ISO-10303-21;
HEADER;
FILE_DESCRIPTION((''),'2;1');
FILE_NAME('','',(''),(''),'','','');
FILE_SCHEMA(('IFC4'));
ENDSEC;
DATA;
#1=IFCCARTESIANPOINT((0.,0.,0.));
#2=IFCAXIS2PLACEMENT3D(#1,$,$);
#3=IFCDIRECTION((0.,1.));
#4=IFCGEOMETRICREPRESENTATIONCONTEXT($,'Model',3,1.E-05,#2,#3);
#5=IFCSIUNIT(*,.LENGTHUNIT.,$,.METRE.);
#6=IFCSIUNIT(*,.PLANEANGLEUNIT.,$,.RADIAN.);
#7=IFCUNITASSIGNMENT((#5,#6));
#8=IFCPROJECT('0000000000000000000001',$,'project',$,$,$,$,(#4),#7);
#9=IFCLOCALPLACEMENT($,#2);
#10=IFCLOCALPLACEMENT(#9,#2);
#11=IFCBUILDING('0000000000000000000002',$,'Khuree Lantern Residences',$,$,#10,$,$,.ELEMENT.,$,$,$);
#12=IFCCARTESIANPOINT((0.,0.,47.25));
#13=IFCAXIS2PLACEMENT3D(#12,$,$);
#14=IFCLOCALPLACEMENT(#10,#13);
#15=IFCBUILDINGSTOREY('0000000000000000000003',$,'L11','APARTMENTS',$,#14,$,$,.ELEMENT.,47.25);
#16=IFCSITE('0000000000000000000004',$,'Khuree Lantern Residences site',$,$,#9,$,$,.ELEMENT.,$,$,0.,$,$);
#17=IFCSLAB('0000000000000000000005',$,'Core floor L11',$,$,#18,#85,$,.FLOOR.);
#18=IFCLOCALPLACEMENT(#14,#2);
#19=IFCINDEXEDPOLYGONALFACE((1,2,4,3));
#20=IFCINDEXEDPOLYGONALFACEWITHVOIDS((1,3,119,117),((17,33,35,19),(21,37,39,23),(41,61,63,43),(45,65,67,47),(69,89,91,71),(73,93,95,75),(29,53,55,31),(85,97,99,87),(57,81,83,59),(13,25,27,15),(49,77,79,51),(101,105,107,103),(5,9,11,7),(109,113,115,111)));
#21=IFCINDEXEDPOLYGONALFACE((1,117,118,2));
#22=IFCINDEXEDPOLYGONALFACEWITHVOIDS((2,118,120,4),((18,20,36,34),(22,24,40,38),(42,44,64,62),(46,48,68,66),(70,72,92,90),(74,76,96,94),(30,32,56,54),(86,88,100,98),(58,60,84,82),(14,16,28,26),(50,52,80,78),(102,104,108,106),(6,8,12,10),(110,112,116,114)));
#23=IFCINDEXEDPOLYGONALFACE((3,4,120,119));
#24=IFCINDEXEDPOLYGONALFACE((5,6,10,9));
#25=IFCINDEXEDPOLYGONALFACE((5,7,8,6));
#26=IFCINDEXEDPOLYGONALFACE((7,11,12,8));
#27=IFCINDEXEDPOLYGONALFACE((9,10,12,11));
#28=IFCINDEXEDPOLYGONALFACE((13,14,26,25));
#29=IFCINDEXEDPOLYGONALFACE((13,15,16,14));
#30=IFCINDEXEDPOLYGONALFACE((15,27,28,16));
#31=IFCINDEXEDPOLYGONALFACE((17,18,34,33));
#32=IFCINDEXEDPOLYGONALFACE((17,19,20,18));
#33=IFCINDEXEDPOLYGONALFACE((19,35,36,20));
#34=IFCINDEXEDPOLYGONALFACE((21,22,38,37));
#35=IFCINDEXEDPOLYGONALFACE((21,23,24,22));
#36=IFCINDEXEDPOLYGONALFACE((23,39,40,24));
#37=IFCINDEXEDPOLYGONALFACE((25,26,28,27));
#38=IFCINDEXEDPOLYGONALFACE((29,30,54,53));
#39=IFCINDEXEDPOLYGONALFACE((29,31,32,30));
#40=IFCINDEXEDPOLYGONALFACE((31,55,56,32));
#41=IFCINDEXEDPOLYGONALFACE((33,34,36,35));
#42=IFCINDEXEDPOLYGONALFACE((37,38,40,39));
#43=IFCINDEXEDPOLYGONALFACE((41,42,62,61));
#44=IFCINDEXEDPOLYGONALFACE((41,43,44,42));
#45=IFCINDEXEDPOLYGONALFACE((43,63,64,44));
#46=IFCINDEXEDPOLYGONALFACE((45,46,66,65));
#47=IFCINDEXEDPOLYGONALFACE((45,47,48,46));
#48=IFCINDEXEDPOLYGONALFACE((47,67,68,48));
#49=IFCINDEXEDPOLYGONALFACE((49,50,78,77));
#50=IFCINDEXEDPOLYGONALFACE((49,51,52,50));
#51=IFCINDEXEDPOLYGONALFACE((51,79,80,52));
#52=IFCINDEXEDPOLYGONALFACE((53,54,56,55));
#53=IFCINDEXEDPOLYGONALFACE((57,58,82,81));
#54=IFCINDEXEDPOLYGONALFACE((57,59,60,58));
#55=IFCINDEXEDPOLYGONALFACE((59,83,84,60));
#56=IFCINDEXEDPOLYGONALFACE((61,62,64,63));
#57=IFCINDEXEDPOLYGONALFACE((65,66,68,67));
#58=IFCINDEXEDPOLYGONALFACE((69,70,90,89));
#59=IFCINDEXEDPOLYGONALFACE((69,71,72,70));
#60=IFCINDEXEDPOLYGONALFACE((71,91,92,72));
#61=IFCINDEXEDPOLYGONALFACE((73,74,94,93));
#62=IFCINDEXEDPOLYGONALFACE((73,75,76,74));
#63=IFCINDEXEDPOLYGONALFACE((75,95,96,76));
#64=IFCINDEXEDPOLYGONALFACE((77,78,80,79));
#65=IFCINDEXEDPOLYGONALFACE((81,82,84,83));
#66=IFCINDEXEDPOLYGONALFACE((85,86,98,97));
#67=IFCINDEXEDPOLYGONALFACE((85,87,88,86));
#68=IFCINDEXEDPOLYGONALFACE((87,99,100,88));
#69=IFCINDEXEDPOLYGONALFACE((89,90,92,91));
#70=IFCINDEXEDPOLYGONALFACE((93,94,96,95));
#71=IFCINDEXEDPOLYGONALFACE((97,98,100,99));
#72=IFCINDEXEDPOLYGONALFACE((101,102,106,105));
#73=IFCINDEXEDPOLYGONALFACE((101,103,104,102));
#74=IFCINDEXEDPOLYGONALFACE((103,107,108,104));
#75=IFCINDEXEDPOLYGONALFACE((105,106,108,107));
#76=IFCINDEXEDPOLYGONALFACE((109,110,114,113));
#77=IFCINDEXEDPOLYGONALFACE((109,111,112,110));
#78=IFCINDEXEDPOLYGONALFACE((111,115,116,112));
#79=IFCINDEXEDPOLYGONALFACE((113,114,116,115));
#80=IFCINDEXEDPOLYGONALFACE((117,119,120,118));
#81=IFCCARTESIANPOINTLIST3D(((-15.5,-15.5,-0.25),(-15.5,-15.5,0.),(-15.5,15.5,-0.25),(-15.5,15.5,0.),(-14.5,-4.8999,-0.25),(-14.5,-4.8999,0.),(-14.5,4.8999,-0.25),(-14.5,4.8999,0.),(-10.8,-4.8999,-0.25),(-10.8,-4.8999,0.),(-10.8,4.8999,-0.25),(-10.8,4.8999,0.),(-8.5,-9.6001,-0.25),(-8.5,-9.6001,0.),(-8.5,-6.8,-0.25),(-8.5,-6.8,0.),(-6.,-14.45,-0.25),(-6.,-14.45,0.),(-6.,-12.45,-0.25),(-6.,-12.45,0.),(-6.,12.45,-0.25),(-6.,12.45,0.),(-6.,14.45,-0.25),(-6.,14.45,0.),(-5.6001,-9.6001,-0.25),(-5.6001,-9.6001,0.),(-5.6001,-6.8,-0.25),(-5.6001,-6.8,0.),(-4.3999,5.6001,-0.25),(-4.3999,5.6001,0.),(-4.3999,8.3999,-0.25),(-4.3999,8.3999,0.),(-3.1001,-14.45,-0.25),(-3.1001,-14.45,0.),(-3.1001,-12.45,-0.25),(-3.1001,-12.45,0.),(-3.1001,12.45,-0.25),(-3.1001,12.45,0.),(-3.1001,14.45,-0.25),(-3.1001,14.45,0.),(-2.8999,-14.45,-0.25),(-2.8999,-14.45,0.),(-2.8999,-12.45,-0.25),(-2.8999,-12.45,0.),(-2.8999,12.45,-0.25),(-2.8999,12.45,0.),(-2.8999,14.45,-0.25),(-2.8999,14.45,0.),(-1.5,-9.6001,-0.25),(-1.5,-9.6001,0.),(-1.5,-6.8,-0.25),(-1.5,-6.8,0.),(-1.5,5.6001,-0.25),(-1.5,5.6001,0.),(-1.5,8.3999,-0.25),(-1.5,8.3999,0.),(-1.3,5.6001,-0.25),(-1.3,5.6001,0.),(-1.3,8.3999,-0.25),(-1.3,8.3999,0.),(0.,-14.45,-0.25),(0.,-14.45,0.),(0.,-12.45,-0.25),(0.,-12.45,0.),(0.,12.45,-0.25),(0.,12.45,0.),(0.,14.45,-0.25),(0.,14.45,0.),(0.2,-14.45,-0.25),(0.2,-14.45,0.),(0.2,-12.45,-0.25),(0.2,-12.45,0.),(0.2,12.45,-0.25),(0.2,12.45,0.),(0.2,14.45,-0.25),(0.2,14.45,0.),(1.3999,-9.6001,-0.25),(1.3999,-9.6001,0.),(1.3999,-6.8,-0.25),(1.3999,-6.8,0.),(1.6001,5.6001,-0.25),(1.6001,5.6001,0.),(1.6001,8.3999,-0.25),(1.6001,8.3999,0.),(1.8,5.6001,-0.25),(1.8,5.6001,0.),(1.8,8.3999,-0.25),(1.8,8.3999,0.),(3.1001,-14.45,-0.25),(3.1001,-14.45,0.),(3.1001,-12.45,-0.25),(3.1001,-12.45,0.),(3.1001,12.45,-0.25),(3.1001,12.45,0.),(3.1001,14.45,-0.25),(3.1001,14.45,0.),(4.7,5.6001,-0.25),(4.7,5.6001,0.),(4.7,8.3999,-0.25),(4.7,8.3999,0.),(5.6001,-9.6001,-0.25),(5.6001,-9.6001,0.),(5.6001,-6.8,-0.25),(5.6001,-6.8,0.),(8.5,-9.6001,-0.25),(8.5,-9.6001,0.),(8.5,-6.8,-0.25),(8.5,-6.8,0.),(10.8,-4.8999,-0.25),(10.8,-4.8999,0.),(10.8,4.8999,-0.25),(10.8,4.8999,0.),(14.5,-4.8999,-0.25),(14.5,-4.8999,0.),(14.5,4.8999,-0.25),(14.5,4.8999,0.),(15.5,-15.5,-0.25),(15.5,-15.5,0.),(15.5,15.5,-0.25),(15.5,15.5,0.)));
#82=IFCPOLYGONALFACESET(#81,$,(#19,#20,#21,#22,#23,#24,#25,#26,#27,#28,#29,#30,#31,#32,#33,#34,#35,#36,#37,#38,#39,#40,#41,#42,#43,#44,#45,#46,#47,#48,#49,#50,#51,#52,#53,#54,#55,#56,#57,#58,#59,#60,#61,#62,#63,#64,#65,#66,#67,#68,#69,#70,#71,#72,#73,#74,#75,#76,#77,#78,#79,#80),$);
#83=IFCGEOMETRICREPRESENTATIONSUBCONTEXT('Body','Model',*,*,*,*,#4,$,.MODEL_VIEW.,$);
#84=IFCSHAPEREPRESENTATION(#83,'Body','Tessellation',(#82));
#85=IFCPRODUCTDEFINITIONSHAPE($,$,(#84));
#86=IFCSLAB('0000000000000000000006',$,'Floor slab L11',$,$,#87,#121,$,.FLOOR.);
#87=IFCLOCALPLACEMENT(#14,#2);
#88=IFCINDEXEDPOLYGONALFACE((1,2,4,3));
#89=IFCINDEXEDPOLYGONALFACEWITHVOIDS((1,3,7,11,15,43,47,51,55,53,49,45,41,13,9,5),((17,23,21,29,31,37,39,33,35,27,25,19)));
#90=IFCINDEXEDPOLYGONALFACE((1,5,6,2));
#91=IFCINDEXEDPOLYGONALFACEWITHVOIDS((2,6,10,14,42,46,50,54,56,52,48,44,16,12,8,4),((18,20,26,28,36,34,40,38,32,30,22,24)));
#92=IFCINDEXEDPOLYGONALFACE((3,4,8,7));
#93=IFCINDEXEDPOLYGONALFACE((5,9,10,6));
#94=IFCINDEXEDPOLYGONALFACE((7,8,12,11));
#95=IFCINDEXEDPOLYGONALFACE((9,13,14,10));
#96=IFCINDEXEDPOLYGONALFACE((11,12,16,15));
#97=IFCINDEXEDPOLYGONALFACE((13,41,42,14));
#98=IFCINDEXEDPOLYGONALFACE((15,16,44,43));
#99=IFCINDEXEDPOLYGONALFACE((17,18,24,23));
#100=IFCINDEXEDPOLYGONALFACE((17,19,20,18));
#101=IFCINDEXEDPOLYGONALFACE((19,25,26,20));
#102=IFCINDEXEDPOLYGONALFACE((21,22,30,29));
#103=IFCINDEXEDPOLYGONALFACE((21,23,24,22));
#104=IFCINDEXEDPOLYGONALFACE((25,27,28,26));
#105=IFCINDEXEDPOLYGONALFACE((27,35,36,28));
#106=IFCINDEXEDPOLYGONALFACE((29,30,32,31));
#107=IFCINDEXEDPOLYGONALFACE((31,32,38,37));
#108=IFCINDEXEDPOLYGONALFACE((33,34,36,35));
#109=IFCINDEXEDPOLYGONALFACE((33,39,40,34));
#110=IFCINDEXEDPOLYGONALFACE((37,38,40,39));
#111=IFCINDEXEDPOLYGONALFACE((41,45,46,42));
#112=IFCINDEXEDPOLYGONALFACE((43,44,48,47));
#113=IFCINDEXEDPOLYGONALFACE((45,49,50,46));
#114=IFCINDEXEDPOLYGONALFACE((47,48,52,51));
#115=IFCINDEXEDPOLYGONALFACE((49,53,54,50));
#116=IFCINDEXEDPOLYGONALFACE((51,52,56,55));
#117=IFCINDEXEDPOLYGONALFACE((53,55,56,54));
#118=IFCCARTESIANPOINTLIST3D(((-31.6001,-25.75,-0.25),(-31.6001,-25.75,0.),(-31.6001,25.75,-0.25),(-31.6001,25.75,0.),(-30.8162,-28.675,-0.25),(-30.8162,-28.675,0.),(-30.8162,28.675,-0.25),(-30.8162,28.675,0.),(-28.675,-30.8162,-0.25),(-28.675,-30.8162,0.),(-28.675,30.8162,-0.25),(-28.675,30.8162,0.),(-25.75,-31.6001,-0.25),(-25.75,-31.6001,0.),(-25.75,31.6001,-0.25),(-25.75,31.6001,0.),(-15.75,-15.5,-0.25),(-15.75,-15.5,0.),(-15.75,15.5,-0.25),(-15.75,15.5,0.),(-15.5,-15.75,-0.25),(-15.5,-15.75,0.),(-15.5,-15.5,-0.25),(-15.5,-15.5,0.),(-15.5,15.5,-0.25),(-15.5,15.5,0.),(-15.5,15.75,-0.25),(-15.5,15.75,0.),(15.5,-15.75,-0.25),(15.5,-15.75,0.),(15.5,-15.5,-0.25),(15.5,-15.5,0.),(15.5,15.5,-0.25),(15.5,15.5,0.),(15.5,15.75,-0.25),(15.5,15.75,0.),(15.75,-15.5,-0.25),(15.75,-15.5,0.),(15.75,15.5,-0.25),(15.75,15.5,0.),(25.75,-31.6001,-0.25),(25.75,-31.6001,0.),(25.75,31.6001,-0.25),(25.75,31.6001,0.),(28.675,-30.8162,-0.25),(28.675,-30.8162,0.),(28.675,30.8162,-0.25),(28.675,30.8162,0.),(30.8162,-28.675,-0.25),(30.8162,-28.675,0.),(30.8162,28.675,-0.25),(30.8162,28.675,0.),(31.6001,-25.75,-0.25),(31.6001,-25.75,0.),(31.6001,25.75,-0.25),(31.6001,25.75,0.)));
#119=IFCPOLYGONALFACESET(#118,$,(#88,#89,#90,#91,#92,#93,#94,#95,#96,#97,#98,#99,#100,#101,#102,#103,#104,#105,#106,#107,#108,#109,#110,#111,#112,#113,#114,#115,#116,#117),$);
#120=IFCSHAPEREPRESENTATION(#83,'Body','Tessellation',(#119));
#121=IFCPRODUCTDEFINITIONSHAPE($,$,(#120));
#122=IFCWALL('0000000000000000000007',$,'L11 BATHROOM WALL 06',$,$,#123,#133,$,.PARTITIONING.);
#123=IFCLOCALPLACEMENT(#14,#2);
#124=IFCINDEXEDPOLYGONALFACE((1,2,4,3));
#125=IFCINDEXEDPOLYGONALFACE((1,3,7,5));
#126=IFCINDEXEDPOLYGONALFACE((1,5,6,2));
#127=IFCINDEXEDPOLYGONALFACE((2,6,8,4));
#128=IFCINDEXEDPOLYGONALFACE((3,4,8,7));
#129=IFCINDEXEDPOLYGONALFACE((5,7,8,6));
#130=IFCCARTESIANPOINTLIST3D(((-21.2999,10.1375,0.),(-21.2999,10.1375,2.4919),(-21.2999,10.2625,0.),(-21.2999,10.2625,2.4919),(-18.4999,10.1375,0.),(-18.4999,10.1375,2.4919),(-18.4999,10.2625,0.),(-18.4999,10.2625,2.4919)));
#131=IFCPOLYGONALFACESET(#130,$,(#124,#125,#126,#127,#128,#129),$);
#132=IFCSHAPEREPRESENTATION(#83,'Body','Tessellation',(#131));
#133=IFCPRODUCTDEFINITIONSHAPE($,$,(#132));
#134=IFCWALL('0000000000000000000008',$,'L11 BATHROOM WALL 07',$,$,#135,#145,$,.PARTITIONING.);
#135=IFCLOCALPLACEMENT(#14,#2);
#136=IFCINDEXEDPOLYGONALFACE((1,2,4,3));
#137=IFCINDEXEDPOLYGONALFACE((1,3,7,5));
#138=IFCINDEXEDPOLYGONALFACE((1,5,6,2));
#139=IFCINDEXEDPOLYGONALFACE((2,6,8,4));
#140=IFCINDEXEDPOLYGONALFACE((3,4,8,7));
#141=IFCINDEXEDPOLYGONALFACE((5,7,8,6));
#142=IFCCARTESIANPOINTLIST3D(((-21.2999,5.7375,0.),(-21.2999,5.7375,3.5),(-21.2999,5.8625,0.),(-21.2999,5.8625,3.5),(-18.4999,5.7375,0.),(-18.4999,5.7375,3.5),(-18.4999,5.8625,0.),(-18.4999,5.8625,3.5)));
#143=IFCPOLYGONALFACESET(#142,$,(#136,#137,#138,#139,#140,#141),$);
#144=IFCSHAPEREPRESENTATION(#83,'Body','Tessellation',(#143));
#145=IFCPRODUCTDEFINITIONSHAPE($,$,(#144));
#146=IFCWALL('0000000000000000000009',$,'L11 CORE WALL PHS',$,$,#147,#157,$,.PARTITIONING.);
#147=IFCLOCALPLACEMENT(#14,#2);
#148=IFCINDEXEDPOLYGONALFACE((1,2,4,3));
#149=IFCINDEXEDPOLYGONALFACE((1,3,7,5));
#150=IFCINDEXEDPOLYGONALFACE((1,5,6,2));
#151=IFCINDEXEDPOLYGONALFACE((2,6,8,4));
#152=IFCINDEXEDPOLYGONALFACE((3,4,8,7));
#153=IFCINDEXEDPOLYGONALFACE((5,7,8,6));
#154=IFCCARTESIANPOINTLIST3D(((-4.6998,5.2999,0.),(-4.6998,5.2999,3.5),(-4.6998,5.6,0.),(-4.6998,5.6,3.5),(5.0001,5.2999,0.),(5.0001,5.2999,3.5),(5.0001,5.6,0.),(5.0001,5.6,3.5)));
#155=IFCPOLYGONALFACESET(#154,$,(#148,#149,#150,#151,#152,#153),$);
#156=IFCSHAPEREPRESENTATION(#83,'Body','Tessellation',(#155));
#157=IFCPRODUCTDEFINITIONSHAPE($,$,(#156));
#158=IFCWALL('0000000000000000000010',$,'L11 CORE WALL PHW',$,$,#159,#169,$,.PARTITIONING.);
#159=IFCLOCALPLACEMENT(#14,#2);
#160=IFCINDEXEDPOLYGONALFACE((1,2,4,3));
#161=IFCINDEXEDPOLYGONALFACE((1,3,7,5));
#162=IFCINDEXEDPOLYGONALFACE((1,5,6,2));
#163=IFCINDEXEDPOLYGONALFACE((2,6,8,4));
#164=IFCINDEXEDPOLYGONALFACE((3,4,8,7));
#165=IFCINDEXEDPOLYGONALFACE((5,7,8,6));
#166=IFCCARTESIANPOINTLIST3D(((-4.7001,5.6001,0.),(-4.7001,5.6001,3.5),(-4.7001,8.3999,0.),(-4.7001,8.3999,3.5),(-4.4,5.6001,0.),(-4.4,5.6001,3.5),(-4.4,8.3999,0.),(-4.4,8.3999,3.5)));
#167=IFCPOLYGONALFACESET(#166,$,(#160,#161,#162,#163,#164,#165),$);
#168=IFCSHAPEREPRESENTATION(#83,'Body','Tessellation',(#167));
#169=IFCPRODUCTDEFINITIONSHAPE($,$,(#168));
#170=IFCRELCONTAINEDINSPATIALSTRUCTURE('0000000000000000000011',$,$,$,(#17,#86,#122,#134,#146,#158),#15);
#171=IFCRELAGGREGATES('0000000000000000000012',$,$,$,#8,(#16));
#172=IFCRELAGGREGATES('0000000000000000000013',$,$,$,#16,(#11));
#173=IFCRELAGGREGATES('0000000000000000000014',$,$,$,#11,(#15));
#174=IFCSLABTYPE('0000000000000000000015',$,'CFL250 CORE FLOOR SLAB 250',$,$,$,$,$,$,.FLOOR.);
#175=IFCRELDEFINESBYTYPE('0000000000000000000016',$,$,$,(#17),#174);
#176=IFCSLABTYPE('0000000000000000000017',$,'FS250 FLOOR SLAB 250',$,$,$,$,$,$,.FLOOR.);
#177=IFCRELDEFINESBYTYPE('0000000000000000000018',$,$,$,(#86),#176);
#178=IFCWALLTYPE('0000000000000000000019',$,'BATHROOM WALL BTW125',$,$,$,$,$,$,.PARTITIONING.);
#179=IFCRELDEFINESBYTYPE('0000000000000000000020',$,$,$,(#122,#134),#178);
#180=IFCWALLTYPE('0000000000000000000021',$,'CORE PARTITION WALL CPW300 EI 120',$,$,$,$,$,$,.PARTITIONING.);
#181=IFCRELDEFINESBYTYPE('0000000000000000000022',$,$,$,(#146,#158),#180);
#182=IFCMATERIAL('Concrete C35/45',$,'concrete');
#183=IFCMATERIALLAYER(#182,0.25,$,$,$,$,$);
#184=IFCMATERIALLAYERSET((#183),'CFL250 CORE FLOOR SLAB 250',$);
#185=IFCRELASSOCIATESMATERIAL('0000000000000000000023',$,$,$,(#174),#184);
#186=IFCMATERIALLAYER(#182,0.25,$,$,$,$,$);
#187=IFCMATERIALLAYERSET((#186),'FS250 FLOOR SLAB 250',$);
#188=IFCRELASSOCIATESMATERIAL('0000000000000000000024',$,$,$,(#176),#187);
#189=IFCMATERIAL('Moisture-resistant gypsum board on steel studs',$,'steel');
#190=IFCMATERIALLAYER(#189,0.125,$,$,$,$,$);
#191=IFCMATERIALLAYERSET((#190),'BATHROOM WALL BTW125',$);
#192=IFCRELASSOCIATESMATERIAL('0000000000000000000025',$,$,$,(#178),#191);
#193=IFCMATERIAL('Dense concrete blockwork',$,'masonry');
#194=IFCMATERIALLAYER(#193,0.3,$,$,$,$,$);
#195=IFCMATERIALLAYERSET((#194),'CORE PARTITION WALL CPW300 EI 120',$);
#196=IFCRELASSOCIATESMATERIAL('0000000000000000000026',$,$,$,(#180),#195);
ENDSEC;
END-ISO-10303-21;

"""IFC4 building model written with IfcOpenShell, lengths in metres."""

from ifc_helpers import new_model, si_unit, direction, frame, frame_2d, origin, place, context, subcontext, project, spatial, polyline, rectangle, outline, extrude, material, layer, layer_set, type_object, element, save


model = new_model("IFC4")

# Units and contexts
model_context = context("Model", 3, precision=1e-05, world=origin(), true_north=direction((0.0, 1.0)))
body_context = subcontext(model_context, "Body", "Model", "MODEL_VIEW")
ifc_project = project(units=[si_unit("LENGTHUNIT", "METRE"), si_unit("PLANEANGLEUNIT", "RADIAN")], contexts=[model_context])

# Site, building, storey
site_placement = place(None, origin())
site = spatial("IfcSite", under=ifc_project, at=site_placement, Name="Khuree Lantern Residences site", CompositionType="ELEMENT", RefElevation=0.0)
building_placement = place(site_placement, origin())
building = spatial("IfcBuilding", under=site, at=building_placement, Name="Khuree Lantern Residences", CompositionType="ELEMENT")
storey_placement = place(building_placement, frame((0.0, 0.0, 47.25)))
storey = spatial("IfcBuildingStorey", under=building, at=storey_placement, Name="L11", Description="APARTMENTS", CompositionType="ELEMENT", Elevation=47.25)

# Slabs
ifc_material_1 = material(Name="Concrete C35/45", Category="concrete")
ifc_layer_1 = layer(ifc_material_1, 0.25)
ifc_layer_set_1 = layer_set([ifc_layer_1], Name="CFL250 CORE FLOOR SLAB 250")
slab_type_1 = type_object("IfcSlabType", Name="CFL250 CORE FLOOR SLAB 250", PredefinedType="FLOOR", material=ifc_layer_set_1)
slab_1_placement = place(storey_placement, frame((0.0, 0.0, -0.25)))
element("IfcSlab", 1, at=slab_1_placement, inside=storey, type_object=slab_type_1, Name="Core floor L11", PredefinedType="FLOOR", context=body_context, shape_type="SweptSolid", body=[
    extrude(outline(polyline([(-15.5, -15.5), (-15.5, 15.5), (15.5, 15.5), (15.5, -15.5), (-15.5, -15.5)]), holes=[polyline([(14.5, 4.8999), (10.8, 4.8999), (10.8, -4.8999), (14.5, -4.8999), (14.5, 4.8999)]), polyline([(8.5, -6.8), (5.6001, -6.8), (5.6001, -9.6001), (8.5, -9.6001), (8.5, -6.8)]), polyline([(4.7, 8.3999), (1.8, 8.3999), (1.8, 5.6001), (4.7, 5.6001), (4.7, 8.3999)]), polyline([(0.2, -12.45), (0.2, -14.45), (3.1001, -14.45), (3.1001, -12.45), (0.2, -12.45)]), polyline([(3.1001, 14.45), (0.2, 14.45), (0.2, 12.45), (3.1001, 12.45), (3.1001, 14.45)]), polyline([(1.6001, 8.3999), (-1.3, 8.3999), (-1.3, 5.6001), (1.6001, 5.6001), (1.6001, 8.3999)]), polyline([(1.3999, -6.8), (-1.5, -6.8), (-1.5, -9.6001), (1.3999, -9.6001), (1.3999, -6.8)]), polyline([(0.0, -12.45), (-2.8999, -12.45), (-2.8999, -14.45), (0.0, -14.45), (0.0, -12.45)]), polyline([(0.0, 14.45), (-2.8999, 14.45), (-2.8999, 12.45), (0.0, 12.45), (0.0, 14.45)]), polyline([(-1.5, 8.3999), (-4.3999, 8.3999), (-4.3999, 5.6001), (-1.5, 5.6001), (-1.5, 8.3999)]), polyline([(-6.0, -12.45), (-6.0, -14.45), (-3.1001, -14.45), (-3.1001, -12.45), (-6.0, -12.45)]), polyline([(-3.1001, 14.45), (-6.0, 14.45), (-6.0, 12.45), (-3.1001, 12.45), (-3.1001, 14.45)]), polyline([(-5.6001, -6.8), (-8.5, -6.8), (-8.5, -9.6001), (-5.6001, -9.6001), (-5.6001, -6.8)]), polyline([(-10.8, 4.8999), (-14.5, 4.8999), (-14.5, -4.8999), (-10.8, -4.8999), (-10.8, 4.8999)])]), origin(), (0.0, 0.0, 1.0), 0.25),
])
ifc_layer_2 = layer(ifc_material_1, 0.25)
ifc_layer_set_2 = layer_set([ifc_layer_2], Name="FS250 FLOOR SLAB 250")
slab_type_2 = type_object("IfcSlabType", Name="FS250 FLOOR SLAB 250", PredefinedType="FLOOR", material=ifc_layer_set_2)
slab_2_placement = place(storey_placement, frame((0.0, 0.0, -0.25)))
element("IfcSlab", 2, at=slab_2_placement, inside=storey, type_object=slab_type_2, Name="Floor slab L11", PredefinedType="FLOOR", context=body_context, shape_type="SweptSolid", body=[
    extrude(outline(polyline([(-28.675, -30.8162), (-30.8162, -28.675), (-31.6001, -25.75), (-31.6001, 25.75), (-30.8162, 28.675), (-28.675, 30.8162), (-25.75, 31.6001), (25.75, 31.6001), (28.675, 30.8162), (30.8162, 28.675), (31.6001, 25.75), (31.6001, -25.75), (30.8162, -28.675), (28.675, -30.8162), (25.75, -31.6001), (-25.75, -31.6001), (-28.675, -30.8162)]), holes=[polyline([(15.75, 15.5), (15.5, 15.5), (15.5, 15.75), (-15.5, 15.75), (-15.5, 15.5), (-15.75, 15.5), (-15.75, -15.5), (-15.5, -15.5), (-15.5, -15.75), (15.5, -15.75), (15.5, -15.5), (15.75, -15.5), (15.75, 15.5)])]), origin(), (0.0, 0.0, 1.0), 0.25),
])

# Walls
ifc_material_2 = material(Name="Moisture-resistant gypsum board on steel studs", Category="steel")
ifc_layer_3 = layer(ifc_material_2, 0.125)
ifc_layer_set_3 = layer_set([ifc_layer_3], Name="BATHROOM WALL BTW125")
wall_type_1 = type_object("IfcWallType", Name="BATHROOM WALL BTW125", PredefinedType="PARTITIONING", material=ifc_layer_set_3)
wall_1_placement = place(storey_placement, frame((-18.5, 10.2, 0.0), z_axis=(0.0, 0.0, 1.0), x_axis=(-1.0, 0.0, 0.0)))
element("IfcWall", 3, at=wall_1_placement, inside=storey, type_object=wall_type_1, Name="L11 BATHROOM WALL 06", PredefinedType="PARTITIONING", context=body_context, shape_type="SweptSolid", body=[
    extrude(rectangle(XDim=2.8, YDim=0.125, at=frame_2d((1.3999, 0.0))), origin(), (0.0, 0.0, 1.0), 2.4919),
])
wall_2_placement = place(storey_placement, frame((-18.5, 5.8, 0.0), z_axis=(0.0, 0.0, 1.0), x_axis=(-1.0, 0.0, 0.0)))
element("IfcWall", 4, at=wall_2_placement, inside=storey, type_object=wall_type_1, Name="L11 BATHROOM WALL 07", PredefinedType="PARTITIONING", context=body_context, shape_type="SweptSolid", body=[
    extrude(rectangle(XDim=2.8, YDim=0.125, at=frame_2d((1.3999, 0.0))), origin(), (0.0, 0.0, 1.0), 3.5),
])
ifc_material_3 = material(Name="Dense concrete blockwork", Category="masonry")
ifc_layer_4 = layer(ifc_material_3, 0.3)
ifc_layer_set_4 = layer_set([ifc_layer_4], Name="CORE PARTITION WALL CPW300 EI 120")
wall_type_2 = type_object("IfcWallType", Name="CORE PARTITION WALL CPW300 EI 120", PredefinedType="PARTITIONING", material=ifc_layer_set_4)
wall_3_placement = place(storey_placement, frame((-4.7, 5.45, 0.0), z_axis=(0.0, 0.0, 1.0), x_axis=(1.0, 0.0, 0.0)))
element("IfcWall", 5, at=wall_3_placement, inside=storey, type_object=wall_type_2, Name="L11 CORE WALL PHS", PredefinedType="PARTITIONING", context=body_context, shape_type="SweptSolid", body=[
    extrude(rectangle(XDim=9.7, YDim=0.3, at=frame_2d((4.8501, 0.0))), origin(), (0.0, 0.0, 1.0), 3.5),
])
wall_4_placement = place(storey_placement, frame((-4.55, 5.6001, 0.0), z_axis=(0.0, 0.0, 1.0), x_axis=(0.0, 1.0, 0.0)))
element("IfcWall", 6, at=wall_4_placement, inside=storey, type_object=wall_type_2, Name="L11 CORE WALL PHW", PredefinedType="PARTITIONING", context=body_context, shape_type="SweptSolid", body=[
    extrude(rectangle(XDim=2.7998, YDim=0.3, at=frame_2d((1.3999, 0.0))), origin(), (0.0, 0.0, 1.0), 3.5),
])

save(model, "model.ifc")
